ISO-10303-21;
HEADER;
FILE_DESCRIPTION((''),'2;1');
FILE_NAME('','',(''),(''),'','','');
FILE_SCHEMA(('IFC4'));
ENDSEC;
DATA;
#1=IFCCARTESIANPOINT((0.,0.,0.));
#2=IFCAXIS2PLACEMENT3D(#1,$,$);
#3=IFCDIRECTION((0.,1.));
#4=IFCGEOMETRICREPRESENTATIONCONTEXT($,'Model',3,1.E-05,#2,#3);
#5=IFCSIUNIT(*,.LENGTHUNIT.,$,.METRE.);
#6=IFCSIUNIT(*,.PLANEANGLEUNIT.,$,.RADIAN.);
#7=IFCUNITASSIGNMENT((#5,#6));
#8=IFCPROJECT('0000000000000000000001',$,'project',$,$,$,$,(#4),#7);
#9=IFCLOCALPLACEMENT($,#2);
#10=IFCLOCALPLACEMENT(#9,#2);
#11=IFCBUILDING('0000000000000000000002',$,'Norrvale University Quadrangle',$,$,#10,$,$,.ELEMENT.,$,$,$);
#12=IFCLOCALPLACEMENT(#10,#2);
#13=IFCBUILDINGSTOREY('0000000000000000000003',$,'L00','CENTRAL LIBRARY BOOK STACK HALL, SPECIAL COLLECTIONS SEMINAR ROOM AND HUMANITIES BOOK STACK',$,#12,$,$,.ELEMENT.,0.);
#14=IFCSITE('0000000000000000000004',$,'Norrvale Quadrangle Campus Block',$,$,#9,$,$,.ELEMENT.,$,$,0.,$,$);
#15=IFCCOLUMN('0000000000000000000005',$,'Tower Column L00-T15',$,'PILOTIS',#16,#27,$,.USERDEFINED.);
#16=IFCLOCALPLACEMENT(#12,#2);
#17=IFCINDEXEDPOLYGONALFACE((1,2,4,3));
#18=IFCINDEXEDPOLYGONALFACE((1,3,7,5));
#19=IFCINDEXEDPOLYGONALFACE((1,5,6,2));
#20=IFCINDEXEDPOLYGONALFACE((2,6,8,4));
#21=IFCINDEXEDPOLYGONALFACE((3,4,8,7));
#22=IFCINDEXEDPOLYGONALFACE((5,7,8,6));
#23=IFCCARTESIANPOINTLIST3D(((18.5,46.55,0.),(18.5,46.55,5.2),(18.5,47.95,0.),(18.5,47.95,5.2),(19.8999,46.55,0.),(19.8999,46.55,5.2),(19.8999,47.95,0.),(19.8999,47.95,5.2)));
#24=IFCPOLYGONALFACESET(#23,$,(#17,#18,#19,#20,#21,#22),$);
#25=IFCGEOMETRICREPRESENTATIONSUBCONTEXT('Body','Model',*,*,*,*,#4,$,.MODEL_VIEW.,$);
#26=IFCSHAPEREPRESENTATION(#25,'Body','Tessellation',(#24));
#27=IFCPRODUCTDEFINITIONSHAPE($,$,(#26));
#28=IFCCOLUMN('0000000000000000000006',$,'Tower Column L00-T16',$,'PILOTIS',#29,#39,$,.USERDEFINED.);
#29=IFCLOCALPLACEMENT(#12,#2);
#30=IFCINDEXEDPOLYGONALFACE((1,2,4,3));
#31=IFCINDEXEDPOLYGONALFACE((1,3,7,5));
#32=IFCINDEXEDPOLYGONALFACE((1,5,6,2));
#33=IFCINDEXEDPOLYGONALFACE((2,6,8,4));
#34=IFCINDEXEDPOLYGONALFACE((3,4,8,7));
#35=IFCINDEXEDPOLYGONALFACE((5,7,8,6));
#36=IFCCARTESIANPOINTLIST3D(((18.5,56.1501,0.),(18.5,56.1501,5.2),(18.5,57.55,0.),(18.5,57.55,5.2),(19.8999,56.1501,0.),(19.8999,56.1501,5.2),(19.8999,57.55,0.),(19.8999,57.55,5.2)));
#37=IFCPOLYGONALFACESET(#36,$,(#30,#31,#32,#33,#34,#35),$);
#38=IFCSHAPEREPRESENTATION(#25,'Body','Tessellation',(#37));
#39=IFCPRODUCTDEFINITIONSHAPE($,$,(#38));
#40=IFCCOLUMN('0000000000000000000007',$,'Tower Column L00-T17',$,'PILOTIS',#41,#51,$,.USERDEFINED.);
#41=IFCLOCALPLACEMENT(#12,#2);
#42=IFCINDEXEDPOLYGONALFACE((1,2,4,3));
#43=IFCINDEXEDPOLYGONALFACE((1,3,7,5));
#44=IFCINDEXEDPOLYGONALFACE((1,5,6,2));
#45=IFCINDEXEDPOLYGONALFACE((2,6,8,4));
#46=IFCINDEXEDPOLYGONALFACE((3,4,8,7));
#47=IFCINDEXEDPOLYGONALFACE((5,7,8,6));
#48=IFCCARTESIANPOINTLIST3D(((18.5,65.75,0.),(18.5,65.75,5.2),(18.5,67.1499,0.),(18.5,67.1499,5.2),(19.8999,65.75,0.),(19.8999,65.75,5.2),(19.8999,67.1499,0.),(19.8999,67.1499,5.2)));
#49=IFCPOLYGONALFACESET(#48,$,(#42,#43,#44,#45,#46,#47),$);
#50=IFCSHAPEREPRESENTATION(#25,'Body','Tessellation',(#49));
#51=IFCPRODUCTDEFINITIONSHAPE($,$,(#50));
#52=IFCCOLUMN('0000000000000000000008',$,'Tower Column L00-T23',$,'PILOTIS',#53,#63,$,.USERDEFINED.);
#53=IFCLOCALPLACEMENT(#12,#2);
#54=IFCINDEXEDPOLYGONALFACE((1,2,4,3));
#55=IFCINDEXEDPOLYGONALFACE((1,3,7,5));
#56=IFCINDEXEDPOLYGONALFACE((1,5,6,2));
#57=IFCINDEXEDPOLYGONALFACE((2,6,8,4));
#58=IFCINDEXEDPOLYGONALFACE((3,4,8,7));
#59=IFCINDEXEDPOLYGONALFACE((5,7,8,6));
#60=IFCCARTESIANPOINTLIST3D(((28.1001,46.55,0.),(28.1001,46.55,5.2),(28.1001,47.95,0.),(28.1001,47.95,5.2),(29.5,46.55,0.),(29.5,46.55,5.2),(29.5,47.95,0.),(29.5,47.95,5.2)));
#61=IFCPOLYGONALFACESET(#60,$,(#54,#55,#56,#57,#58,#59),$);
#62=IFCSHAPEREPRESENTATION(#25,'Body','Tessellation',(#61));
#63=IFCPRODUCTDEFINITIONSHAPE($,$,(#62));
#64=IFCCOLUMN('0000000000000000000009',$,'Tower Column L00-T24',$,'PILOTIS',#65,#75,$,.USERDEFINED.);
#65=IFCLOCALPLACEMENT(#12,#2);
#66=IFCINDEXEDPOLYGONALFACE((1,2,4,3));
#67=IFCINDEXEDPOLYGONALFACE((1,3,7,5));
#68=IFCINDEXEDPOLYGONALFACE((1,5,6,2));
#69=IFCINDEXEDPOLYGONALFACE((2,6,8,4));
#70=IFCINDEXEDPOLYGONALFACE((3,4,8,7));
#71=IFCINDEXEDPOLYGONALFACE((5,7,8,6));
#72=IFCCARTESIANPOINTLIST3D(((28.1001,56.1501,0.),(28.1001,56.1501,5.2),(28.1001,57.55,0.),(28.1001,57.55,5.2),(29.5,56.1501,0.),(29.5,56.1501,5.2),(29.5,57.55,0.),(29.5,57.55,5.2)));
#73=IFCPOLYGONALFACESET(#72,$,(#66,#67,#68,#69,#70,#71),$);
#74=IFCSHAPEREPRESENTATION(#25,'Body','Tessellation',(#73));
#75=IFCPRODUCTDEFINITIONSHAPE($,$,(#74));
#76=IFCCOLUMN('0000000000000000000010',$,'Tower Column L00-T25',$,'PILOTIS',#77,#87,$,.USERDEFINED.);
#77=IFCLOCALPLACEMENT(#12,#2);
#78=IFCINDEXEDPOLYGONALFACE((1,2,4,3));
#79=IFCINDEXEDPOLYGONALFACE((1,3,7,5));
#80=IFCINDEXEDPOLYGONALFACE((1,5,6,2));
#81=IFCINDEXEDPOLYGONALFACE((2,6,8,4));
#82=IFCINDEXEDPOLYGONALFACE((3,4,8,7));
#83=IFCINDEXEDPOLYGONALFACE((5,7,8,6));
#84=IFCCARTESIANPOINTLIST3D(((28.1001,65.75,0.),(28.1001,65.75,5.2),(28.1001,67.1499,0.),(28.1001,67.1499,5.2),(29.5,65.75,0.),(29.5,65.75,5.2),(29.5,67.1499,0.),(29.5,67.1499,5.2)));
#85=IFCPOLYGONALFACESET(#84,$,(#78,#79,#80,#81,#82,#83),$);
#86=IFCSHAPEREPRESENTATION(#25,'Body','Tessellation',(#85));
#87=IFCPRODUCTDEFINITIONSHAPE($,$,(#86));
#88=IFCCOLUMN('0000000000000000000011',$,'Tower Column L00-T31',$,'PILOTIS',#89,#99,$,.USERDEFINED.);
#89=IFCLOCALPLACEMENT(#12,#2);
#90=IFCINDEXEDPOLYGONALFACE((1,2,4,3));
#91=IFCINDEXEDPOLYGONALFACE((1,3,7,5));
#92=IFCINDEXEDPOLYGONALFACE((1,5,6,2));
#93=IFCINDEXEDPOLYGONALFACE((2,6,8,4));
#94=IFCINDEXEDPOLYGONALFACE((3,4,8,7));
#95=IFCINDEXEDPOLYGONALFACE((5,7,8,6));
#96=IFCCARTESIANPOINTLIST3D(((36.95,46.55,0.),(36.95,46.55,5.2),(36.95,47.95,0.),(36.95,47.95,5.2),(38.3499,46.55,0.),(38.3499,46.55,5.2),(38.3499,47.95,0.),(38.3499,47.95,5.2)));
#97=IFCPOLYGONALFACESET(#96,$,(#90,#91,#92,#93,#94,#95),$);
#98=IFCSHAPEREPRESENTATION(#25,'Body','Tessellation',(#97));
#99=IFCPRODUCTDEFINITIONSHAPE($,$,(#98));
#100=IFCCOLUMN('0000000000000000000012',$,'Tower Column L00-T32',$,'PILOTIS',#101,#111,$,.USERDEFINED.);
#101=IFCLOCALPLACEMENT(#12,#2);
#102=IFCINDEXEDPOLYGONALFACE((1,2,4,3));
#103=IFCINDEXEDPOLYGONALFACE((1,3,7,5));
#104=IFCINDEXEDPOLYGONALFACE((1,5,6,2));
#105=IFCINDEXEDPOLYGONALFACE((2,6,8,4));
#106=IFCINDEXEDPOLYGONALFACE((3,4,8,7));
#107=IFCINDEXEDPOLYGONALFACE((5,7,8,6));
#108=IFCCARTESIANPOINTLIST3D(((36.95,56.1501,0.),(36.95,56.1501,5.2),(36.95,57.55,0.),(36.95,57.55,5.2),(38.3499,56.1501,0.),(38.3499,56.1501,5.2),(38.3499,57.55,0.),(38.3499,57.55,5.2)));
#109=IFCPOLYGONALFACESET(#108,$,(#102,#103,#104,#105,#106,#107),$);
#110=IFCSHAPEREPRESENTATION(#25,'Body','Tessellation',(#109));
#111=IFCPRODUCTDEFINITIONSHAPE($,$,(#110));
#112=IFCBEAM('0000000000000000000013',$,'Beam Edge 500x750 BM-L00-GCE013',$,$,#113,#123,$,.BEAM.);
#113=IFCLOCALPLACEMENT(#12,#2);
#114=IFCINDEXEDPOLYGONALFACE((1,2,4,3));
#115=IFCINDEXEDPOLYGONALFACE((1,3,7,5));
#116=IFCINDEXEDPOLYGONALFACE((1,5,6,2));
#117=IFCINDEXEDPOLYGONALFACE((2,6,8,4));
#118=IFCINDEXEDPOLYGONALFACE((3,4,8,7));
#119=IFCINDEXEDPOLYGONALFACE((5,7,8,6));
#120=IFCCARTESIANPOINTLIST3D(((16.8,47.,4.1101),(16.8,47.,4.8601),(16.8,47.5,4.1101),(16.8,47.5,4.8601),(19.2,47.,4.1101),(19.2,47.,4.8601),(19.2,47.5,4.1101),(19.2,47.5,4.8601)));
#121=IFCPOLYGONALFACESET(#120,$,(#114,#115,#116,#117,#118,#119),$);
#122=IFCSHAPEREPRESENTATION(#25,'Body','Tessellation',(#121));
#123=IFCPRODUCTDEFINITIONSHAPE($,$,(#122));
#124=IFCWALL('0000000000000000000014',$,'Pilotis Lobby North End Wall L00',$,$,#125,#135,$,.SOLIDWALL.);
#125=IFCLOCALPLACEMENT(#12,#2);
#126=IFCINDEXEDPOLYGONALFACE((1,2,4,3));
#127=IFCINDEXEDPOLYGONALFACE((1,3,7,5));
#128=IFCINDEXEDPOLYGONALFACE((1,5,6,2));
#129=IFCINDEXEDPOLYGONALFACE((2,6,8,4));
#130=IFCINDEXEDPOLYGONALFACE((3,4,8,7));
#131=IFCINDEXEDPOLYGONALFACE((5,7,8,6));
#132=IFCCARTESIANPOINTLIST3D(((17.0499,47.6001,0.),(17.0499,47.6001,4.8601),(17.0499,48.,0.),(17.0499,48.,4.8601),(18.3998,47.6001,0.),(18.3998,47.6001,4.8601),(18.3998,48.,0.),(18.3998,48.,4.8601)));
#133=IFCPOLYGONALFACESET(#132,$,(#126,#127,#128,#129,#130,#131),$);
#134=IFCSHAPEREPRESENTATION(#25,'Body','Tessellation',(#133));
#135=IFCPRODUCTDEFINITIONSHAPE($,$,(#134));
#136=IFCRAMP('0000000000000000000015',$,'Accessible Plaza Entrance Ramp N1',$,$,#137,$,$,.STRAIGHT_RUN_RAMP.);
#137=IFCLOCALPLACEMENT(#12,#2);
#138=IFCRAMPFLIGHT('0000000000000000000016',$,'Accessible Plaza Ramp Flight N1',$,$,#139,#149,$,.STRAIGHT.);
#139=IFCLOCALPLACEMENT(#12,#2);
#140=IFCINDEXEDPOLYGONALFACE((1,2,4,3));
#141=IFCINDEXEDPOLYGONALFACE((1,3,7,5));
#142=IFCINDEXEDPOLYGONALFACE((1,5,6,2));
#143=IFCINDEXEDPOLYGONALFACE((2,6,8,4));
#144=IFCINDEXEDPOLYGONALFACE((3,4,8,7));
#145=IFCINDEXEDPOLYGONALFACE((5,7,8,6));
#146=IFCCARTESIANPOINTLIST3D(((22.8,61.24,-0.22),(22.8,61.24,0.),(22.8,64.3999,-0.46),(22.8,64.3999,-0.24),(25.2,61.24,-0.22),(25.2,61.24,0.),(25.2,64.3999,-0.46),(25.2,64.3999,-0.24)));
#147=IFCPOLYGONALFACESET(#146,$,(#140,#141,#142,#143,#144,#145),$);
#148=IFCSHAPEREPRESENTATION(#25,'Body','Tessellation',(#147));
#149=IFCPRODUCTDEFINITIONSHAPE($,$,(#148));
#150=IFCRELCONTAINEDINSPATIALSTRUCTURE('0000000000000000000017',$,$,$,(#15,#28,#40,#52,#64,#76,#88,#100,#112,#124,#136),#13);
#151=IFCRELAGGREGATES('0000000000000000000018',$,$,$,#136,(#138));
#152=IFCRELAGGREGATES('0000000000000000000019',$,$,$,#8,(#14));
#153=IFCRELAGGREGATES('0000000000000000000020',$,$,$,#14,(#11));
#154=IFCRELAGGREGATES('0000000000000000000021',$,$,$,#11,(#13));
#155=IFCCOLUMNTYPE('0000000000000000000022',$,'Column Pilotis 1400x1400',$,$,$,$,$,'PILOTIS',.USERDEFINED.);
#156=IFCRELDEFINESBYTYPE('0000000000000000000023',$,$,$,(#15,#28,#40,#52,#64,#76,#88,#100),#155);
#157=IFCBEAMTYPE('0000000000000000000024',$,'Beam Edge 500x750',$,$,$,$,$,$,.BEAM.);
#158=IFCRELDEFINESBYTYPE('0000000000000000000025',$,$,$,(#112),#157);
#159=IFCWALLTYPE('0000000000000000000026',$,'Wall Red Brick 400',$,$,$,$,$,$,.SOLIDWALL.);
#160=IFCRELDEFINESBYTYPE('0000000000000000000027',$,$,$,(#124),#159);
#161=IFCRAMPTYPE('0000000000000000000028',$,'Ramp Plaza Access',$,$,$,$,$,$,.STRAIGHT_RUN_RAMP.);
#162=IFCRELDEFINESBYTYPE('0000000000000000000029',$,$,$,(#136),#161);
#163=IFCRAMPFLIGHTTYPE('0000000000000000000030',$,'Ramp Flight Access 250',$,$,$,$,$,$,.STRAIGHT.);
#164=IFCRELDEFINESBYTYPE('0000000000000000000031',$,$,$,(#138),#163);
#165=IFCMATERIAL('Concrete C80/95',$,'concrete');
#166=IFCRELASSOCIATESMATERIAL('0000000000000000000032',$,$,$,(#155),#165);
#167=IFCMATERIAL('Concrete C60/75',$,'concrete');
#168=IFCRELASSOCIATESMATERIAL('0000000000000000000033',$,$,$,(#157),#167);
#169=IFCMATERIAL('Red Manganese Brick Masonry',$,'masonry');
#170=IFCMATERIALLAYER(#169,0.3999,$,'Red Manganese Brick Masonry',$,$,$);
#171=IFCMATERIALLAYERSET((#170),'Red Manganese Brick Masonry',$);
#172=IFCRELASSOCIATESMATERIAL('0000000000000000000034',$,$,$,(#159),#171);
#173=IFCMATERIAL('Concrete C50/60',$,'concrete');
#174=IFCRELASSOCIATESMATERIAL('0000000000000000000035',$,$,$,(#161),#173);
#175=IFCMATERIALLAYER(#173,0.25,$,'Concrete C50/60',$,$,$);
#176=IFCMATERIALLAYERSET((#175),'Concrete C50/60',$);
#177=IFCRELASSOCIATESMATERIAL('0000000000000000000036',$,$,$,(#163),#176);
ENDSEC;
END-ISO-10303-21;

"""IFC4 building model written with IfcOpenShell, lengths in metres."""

from ifc_helpers import new_model, si_unit, direction, frame, frame_2d, origin, origin_2d, place, context, subcontext, project, spatial, polyline, rectangle, outline, extrude, material, layer, layer_set, material_profile, profile_set, type_object, element, aggregate, save


model = new_model("IFC4")

# Units and contexts
model_context = context("Model", 3, precision=1e-05, world=origin(), true_north=direction((0.0, 1.0)))
body_context = subcontext(model_context, "Body", "Model", "MODEL_VIEW")
ifc_project = project(units=[si_unit("LENGTHUNIT", "METRE"), si_unit("PLANEANGLEUNIT", "RADIAN")], contexts=[model_context])

# Site, building, storey
site_placement = place(None, origin())
site = spatial("IfcSite", under=ifc_project, at=site_placement, Name="Norrvale Quadrangle Campus Block", CompositionType="ELEMENT", RefElevation=0.0)
building_placement = place(site_placement, origin())
building = spatial("IfcBuilding", under=site, at=building_placement, Name="Norrvale University Quadrangle", CompositionType="ELEMENT")
storey_placement = place(building_placement, origin())
storey = spatial("IfcBuildingStorey", under=building, at=storey_placement, Name="L00", Description="CENTRAL LIBRARY BOOK STACK HALL, SPECIAL COLLECTIONS SEMINAR ROOM AND HUMANITIES BOOK STACK", CompositionType="ELEMENT", Elevation=0.0)

# Columns
ifc_material_1 = material(Name="Concrete C80/95", Category="concrete")
ifc_material_profile_1 = material_profile(ifc_material_1, rectangle(XDim=1.3999, YDim=1.3999, at=origin_2d()), Name="Concrete C80/95")
ifc_profile_set_1 = profile_set([ifc_material_profile_1], Name="Concrete C80/95")
column_type = type_object("IfcColumnType", Name="Column Pilotis 1400x1400", ElementType="PILOTIS", PredefinedType="USERDEFINED", material=ifc_profile_set_1)
for number, where, z_axis, x_axis, name in (
    (1, (19.2, 47.25, 0.0), (0.0, 0.0, 1.0), (1.0, 0.0, 0.0), "Tower Column L00-T15"),
    (2, (19.2, 56.8501, 0.0), (0.0, 0.0, 1.0), (1.0, 0.0, 0.0), "Tower Column L00-T16"),
    (3, (19.2, 66.45, 0.0), (0.0, 0.0, 1.0), (1.0, 0.0, 0.0), "Tower Column L00-T17"),
    (4, (28.8, 47.25, 0.0), (0.0, 0.0, 1.0), (1.0, 0.0, 0.0), "Tower Column L00-T23"),
    (5, (28.8, 56.8501, 0.0), (0.0, 0.0, 1.0), (1.0, 0.0, 0.0), "Tower Column L00-T24"),
    (6, (28.8, 66.45, 0.0), (0.0, 0.0, 1.0), (1.0, 0.0, 0.0), "Tower Column L00-T25"),
    (7, (37.6499, 47.25, 0.0), (0.0, 0.0, 1.0), (1.0, 0.0, 0.0), "Tower Column L00-T31"),
    (8, (37.6499, 56.8501, 0.0), (0.0, 0.0, 1.0), (1.0, 0.0, 0.0), "Tower Column L00-T32"),
):
    element("IfcColumn", number, at=place(storey_placement, frame(where, z_axis=z_axis, x_axis=x_axis)), inside=storey, type_object=column_type, Name=name, ObjectType="PILOTIS", PredefinedType="USERDEFINED", context=body_context, shape_type="SweptSolid", body=[
        extrude(rectangle(XDim=1.3999, YDim=1.3999, at=origin_2d()), origin(), (0.0, 0.0, 1.0), 5.2),
    ])

# Beam
ifc_material_2 = material(Name="Concrete C60/75", Category="concrete")
ifc_material_profile_2 = material_profile(ifc_material_2, rectangle(XDim=0.5, YDim=0.75, at=origin_2d()), Name="Concrete C60/75")
ifc_profile_set_2 = profile_set([ifc_material_profile_2], Name="Concrete C60/75")
beam_type = type_object("IfcBeamType", Name="Beam Edge 500x750", PredefinedType="BEAM", material=ifc_profile_set_2)
beam_placement = place(storey_placement, frame((16.8, 47.25, 4.4851), z_axis=(1.0, 0.0, 0.0), x_axis=(0.0, 1.0, 0.0)))
element("IfcBeam", 9, at=beam_placement, inside=storey, type_object=beam_type, Name="Beam Edge 500x750 BM-L00-GCE013", PredefinedType="BEAM", context=body_context, shape_type="SweptSolid", body=[
    extrude(rectangle(XDim=0.5, YDim=0.75, at=origin_2d()), origin(), (0.0, 0.0, 1.0), 2.3999),
])

# Wall
ifc_material_3 = material(Name="Red Manganese Brick Masonry", Category="masonry")
ifc_layer_1 = layer(ifc_material_3, 0.3999, Name="Red Manganese Brick Masonry")
ifc_layer_set_1 = layer_set([ifc_layer_1], Name="Red Manganese Brick Masonry")
wall_type = type_object("IfcWallType", Name="Wall Red Brick 400", PredefinedType="SOLIDWALL", material=ifc_layer_set_1)
wall_placement = place(storey_placement, frame((17.05, 47.8, 0.0), z_axis=(0.0, 0.0, 1.0), x_axis=(1.0, 0.0, 0.0)))
element("IfcWall", 10, at=wall_placement, inside=storey, type_object=wall_type, Name="Pilotis Lobby North End Wall L00", PredefinedType="SOLIDWALL", context=body_context, shape_type="SweptSolid", body=[
    extrude(rectangle(XDim=1.3499, YDim=0.3999, at=frame_2d((0.6748, 0.0))), origin(), (0.0, 0.0, 1.0), 4.8601),
])

# Ramp, ramp flight
ifc_material_4 = material(Name="Concrete C50/60", Category="concrete")
ramp_type = type_object("IfcRampType", Name="Ramp Plaza Access", PredefinedType="STRAIGHT_RUN_RAMP", material=ifc_material_4)
ramp_placement = place(storey_placement, origin())
ramp = element("IfcRamp", 11, at=ramp_placement, inside=storey, type_object=ramp_type, Name="Accessible Plaza Entrance Ramp N1", PredefinedType="STRAIGHT_RUN_RAMP")
ifc_layer_2 = layer(ifc_material_4, 0.25, Name="Concrete C50/60")
ifc_layer_set_2 = layer_set([ifc_layer_2], Name="Concrete C50/60")
ramp_flight_type = type_object("IfcRampFlightType", Name="Ramp Flight Access 250", PredefinedType="STRAIGHT", material=ifc_layer_set_2)
ramp_flight_placement = place(storey_placement, frame((24.0, 64.3999, -0.24), z_axis=(0.0, 0.0, 1.0), x_axis=(0.0, -1.0, 0.0)))
ramp_flight = element("IfcRampFlight", 12, at=ramp_flight_placement, type_object=ramp_flight_type, Name="Accessible Plaza Ramp Flight N1", PredefinedType="STRAIGHT", context=body_context, shape_type="SweptSolid", body=[
    extrude(outline(polyline([(0.0, 0.0), (3.1599, 0.24), (3.1599, 0.02), (0.0, -0.22), (0.0, 0.0)])), frame((0.0, 1.2, 0.0), z_axis=(0.0, -1.0, 0.0), x_axis=(1.0, 0.0, 0.0)), (0.0, 0.0, 1.0), 2.3999),
])
aggregate(ramp, [ramp_flight])

save(model, "model.ifc")
